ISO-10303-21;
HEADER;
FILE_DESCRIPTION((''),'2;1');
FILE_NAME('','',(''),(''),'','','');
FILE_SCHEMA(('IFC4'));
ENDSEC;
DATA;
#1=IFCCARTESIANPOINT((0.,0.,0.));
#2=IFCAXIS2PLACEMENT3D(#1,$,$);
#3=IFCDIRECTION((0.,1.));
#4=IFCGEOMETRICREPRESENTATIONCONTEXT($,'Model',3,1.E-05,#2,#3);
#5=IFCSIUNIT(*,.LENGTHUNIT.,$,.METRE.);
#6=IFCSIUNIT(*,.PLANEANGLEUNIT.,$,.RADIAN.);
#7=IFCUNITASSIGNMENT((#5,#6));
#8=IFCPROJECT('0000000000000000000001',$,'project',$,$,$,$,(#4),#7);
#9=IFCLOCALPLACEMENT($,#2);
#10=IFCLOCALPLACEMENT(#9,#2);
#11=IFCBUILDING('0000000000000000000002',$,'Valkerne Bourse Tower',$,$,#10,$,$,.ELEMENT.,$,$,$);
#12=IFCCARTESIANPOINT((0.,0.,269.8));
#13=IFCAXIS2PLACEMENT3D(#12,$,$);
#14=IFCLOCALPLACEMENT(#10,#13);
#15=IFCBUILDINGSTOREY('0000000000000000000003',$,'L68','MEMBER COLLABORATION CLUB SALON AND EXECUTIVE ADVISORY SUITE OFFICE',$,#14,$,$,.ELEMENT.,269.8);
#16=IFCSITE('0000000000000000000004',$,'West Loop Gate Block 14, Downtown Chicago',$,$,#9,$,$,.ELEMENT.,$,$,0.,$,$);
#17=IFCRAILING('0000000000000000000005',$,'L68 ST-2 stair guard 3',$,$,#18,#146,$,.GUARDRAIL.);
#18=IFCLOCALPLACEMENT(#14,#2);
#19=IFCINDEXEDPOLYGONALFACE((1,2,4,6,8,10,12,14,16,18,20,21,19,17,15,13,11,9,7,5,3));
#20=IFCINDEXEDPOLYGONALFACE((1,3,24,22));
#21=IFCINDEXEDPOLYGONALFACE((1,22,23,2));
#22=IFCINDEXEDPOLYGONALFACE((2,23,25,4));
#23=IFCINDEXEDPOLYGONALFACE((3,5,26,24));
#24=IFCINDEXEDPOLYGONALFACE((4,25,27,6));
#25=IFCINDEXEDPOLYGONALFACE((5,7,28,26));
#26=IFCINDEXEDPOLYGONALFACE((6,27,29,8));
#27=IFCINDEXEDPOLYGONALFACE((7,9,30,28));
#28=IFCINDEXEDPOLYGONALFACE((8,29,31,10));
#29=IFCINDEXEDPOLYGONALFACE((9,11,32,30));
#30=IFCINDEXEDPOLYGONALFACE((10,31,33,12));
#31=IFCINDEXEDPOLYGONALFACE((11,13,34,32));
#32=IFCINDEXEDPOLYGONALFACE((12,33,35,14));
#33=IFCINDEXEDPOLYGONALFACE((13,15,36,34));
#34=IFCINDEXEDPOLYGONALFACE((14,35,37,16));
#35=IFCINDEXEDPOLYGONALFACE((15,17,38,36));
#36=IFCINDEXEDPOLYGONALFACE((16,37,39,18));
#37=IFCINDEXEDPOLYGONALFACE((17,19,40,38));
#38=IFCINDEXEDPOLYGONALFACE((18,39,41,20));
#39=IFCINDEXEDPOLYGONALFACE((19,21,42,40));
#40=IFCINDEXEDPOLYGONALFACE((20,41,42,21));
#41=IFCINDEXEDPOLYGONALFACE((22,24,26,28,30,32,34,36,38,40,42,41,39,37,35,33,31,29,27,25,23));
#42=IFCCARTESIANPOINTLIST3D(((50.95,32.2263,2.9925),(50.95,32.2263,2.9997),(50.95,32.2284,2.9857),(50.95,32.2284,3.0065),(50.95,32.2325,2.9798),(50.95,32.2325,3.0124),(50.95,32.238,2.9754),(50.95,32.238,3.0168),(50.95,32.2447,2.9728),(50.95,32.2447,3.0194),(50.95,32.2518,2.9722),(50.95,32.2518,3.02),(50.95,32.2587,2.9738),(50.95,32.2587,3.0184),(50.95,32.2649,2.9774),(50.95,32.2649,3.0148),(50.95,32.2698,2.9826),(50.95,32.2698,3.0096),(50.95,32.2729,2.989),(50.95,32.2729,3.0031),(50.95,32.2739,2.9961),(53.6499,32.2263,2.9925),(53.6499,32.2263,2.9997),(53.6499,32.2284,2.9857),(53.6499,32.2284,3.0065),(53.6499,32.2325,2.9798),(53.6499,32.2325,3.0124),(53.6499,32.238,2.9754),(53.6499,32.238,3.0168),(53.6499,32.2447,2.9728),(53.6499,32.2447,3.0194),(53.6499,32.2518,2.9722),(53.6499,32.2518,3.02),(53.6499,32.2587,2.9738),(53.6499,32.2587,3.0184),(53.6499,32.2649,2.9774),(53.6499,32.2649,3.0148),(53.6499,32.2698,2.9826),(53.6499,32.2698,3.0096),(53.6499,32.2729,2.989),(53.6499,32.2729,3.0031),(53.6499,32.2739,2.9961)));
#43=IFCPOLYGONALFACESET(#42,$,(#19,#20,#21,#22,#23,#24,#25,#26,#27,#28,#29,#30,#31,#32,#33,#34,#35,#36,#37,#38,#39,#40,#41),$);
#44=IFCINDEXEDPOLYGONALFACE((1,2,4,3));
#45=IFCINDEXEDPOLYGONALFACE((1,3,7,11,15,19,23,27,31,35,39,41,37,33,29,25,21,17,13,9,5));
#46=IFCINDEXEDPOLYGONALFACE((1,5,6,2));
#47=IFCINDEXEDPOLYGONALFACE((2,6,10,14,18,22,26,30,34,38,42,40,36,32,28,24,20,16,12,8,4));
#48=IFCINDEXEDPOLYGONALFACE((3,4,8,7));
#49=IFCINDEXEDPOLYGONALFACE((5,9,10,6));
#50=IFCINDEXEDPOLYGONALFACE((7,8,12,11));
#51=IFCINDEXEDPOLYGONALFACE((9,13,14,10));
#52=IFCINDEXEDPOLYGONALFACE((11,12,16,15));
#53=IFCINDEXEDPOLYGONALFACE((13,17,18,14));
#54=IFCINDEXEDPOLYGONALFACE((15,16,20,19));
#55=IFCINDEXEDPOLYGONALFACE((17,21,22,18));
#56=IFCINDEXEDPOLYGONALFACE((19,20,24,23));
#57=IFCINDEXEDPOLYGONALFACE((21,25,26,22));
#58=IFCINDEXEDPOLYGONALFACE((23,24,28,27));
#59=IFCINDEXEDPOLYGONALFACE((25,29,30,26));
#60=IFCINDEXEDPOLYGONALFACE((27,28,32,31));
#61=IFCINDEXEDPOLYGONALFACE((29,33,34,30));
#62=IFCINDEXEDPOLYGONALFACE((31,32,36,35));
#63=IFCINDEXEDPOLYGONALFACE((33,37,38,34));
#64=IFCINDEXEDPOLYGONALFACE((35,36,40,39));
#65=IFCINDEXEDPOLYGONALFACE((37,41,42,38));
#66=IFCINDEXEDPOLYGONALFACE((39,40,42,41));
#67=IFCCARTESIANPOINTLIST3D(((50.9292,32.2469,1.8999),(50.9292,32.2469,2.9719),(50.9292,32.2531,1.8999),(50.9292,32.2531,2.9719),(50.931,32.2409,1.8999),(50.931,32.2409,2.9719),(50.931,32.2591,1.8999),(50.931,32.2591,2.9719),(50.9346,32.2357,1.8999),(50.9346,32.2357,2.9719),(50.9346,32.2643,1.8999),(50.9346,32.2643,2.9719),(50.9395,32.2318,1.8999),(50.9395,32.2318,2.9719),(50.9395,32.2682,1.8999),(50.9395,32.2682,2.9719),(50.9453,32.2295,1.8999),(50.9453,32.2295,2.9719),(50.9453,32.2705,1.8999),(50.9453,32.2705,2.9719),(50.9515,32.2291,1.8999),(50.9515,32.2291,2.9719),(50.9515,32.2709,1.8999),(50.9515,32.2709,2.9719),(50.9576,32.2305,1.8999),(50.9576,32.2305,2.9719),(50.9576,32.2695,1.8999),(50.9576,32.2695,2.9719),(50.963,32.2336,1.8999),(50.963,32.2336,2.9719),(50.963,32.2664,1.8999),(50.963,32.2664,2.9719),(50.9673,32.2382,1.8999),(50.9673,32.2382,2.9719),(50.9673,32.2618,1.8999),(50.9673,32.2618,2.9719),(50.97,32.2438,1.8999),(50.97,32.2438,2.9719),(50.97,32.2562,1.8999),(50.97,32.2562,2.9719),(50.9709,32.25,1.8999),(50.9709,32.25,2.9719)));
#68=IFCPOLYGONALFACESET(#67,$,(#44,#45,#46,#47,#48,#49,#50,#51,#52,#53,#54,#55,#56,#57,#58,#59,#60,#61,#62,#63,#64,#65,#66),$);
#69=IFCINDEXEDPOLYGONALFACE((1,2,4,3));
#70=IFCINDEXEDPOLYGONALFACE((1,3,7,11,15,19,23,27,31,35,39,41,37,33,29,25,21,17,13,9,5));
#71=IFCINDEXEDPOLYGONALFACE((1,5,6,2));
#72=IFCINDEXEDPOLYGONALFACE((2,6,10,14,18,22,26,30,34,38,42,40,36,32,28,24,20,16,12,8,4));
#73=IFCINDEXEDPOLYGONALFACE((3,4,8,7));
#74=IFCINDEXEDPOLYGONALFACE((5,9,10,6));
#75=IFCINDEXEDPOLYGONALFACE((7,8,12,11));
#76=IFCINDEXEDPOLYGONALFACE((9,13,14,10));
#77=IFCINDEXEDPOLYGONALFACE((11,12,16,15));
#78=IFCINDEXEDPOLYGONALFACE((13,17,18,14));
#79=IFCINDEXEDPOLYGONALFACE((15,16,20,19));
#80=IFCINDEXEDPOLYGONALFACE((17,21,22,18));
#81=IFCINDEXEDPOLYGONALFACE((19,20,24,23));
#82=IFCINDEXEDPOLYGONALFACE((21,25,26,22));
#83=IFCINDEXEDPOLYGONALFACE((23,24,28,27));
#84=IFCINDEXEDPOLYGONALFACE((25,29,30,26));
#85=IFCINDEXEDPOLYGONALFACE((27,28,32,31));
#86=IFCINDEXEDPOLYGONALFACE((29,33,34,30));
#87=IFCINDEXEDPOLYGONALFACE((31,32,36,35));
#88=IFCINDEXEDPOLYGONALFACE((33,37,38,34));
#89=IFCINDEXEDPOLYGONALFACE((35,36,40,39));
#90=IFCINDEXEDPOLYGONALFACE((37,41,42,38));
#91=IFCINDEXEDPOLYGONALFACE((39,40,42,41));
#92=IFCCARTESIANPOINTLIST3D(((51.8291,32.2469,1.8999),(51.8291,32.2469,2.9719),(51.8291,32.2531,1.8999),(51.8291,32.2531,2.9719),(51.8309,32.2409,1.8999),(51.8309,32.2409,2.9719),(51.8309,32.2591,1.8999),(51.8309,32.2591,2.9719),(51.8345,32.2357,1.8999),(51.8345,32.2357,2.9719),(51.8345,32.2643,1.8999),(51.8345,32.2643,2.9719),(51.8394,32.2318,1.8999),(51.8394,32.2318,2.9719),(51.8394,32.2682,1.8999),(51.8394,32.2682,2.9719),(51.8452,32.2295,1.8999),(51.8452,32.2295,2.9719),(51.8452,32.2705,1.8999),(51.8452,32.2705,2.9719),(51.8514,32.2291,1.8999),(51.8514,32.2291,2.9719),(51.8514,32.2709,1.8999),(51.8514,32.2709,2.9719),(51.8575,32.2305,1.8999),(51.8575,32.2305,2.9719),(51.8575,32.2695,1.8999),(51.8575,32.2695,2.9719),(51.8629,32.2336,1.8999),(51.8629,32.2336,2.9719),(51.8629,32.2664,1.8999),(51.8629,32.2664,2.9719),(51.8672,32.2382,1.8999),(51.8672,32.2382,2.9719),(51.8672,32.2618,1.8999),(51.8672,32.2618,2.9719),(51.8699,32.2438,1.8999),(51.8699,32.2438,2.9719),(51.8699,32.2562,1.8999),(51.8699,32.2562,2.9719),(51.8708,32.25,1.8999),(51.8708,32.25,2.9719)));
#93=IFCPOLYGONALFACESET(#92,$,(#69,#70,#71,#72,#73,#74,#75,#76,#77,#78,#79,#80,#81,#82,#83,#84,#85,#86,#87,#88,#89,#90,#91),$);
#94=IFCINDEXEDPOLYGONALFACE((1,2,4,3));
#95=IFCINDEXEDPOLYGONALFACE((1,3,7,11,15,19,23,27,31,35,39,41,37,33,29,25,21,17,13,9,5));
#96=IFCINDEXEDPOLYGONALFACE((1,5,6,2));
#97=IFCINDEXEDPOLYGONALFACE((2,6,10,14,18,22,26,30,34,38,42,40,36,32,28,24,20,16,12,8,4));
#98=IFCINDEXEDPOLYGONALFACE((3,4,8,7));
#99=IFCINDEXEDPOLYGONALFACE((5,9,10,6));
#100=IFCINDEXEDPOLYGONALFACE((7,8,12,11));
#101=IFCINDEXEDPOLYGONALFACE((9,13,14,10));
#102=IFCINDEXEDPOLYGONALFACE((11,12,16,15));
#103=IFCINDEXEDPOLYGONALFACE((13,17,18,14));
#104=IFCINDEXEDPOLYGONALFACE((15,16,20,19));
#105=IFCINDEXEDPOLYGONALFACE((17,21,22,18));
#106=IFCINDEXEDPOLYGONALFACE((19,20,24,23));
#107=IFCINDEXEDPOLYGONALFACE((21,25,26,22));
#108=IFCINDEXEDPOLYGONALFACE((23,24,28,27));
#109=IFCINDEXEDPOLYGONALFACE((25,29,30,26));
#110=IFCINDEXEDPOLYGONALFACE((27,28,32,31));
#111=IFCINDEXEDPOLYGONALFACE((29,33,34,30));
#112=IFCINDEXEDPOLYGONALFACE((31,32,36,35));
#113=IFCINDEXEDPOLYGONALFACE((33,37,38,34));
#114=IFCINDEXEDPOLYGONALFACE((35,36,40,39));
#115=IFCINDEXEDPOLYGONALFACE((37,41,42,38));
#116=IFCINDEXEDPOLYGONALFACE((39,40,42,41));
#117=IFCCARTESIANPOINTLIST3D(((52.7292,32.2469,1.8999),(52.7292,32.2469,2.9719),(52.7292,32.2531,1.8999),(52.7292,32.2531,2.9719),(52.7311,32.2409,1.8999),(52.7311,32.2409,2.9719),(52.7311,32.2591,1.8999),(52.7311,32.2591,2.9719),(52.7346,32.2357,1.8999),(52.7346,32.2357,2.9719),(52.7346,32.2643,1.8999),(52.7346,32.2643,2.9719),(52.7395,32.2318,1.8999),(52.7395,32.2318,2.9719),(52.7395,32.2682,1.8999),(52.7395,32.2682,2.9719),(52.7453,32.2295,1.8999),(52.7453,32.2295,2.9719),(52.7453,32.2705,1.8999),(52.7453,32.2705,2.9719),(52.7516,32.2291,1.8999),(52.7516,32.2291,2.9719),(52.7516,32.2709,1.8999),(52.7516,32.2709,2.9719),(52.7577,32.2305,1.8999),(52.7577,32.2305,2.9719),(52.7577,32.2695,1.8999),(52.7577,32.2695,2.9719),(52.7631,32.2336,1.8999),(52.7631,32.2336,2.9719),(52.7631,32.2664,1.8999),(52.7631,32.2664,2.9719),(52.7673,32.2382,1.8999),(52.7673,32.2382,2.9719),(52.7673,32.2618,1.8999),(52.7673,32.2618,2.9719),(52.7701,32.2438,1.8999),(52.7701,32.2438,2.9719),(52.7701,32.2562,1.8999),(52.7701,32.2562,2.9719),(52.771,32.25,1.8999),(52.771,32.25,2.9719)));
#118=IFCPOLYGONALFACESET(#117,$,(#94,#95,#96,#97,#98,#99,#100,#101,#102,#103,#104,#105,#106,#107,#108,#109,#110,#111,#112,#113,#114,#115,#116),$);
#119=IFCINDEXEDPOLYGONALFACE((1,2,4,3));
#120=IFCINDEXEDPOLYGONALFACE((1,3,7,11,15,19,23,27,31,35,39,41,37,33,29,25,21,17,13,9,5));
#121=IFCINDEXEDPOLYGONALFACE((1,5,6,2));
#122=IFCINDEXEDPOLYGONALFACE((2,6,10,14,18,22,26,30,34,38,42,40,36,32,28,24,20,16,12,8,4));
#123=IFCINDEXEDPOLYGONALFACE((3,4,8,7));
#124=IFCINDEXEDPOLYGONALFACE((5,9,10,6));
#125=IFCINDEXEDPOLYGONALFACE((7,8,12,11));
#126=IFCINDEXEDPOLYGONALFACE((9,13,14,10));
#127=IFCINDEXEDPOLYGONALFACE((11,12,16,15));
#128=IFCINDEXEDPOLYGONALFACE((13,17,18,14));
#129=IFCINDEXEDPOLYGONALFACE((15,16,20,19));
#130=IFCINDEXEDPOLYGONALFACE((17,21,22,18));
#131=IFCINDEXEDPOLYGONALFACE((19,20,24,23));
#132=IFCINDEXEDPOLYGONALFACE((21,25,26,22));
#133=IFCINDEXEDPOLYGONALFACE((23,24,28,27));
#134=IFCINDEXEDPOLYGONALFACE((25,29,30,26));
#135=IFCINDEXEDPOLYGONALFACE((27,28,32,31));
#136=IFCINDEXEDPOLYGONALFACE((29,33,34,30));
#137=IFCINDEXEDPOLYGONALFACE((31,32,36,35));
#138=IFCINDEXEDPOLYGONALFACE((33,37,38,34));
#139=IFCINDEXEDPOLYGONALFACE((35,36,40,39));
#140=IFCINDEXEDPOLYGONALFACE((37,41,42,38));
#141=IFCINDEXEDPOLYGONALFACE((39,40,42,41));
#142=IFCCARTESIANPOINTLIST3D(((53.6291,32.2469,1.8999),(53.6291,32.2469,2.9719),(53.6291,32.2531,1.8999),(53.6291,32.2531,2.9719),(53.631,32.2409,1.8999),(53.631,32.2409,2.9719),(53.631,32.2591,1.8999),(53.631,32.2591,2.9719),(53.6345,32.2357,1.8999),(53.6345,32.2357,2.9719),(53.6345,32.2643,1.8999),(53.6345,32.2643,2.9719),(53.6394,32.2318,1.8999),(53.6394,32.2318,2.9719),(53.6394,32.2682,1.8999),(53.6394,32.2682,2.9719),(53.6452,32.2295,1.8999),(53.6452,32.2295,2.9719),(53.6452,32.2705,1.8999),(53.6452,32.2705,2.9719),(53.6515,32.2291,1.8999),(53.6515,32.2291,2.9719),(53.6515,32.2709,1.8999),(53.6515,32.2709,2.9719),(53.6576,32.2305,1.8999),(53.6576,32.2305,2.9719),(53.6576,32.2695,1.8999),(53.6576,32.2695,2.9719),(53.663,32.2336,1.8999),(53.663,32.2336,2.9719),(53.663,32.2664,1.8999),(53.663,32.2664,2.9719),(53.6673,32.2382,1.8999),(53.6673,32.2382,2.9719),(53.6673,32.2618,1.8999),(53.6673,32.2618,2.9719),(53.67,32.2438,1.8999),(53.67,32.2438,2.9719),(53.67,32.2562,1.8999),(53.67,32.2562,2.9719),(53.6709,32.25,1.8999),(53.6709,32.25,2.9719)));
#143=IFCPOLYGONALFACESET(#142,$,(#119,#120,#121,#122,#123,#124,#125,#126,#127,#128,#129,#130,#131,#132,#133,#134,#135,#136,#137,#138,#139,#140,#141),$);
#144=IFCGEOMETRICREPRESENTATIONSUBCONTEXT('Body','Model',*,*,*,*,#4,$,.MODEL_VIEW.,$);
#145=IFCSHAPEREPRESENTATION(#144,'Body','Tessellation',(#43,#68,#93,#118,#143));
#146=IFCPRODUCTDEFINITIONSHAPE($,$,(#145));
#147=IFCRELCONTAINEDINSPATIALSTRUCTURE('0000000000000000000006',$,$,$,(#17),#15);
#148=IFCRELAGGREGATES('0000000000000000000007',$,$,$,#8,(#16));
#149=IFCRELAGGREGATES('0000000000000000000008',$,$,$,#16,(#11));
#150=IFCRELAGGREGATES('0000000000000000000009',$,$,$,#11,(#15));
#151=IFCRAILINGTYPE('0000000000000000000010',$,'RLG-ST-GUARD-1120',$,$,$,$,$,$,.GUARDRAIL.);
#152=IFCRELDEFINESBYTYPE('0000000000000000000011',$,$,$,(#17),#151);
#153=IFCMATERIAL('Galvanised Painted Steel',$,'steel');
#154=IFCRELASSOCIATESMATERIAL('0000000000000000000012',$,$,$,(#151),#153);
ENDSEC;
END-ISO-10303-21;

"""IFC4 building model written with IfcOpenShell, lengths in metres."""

from ifc_helpers import new_model, si_unit, direction, frame, origin, origin_2d, place, context, subcontext, project, spatial, circle, extrude, material, type_object, element, save


model = new_model("IFC4")

# Units and contexts
model_context = context("Model", 3, precision=1e-05, world=origin(), true_north=direction((0.0, 1.0)))
body_context = subcontext(model_context, "Body", "Model", "MODEL_VIEW")
ifc_project = project(units=[si_unit("LENGTHUNIT", "METRE"), si_unit("PLANEANGLEUNIT", "RADIAN")], contexts=[model_context])

# Site, building, storey
site_placement = place(None, origin())
site = spatial("IfcSite", under=ifc_project, at=site_placement, Name="West Loop Gate Block 14, Downtown Chicago", CompositionType="ELEMENT", RefElevation=0.0)
building_placement = place(site_placement, origin())
building = spatial("IfcBuilding", under=site, at=building_placement, Name="Valkerne Bourse Tower", CompositionType="ELEMENT")
storey_placement = place(building_placement, frame((0.0, 0.0, 269.8)))
storey = spatial("IfcBuildingStorey", under=building, at=storey_placement, Name="L68", Description="MEMBER COLLABORATION CLUB SALON AND EXECUTIVE ADVISORY SUITE OFFICE", CompositionType="ELEMENT", Elevation=269.8)

# Shared definitions
ifc_material_1 = material(Name="Galvanised Painted Steel", Category="steel")

# Railing
railing_type_1 = type_object("IfcRailingType", Name="RLG-ST-GUARD-1120", PredefinedType="GUARDRAIL", material=ifc_material_1)
railing_1_placement = place(storey_placement, frame((50.95, 32.25, 1.8999)))
element("IfcRailing", 1, at=railing_1_placement, inside=storey, type_object=railing_type_1, Name="L68 ST-2 stair guard 3", PredefinedType="GUARDRAIL", context=body_context, shape_type="SweptSolid", body=[
    extrude(circle(Radius=0.0239, at=origin_2d()), frame((0.0, 0.0, 1.0962), z_axis=(1.0, 0.0, 0.0), x_axis=(0.0, 1.0, 0.0)), (0.0, 0.0, 1.0), 2.7),
    extrude(circle(Radius=0.021, at=origin_2d()), origin(), (0.0, 0.0, 1.0), 1.072),
    extrude(circle(Radius=0.021, at=origin_2d()), frame((0.8999, 0.0, 0.0)), (0.0, 0.0, 1.0), 1.072),
    extrude(circle(Radius=0.021, at=origin_2d()), frame((1.8, 0.0, 0.0)), (0.0, 0.0, 1.0), 1.072),
    extrude(circle(Radius=0.021, at=origin_2d()), frame((2.7, 0.0, 0.0)), (0.0, 0.0, 1.0), 1.072),
])

save(model, "model.ifc")
